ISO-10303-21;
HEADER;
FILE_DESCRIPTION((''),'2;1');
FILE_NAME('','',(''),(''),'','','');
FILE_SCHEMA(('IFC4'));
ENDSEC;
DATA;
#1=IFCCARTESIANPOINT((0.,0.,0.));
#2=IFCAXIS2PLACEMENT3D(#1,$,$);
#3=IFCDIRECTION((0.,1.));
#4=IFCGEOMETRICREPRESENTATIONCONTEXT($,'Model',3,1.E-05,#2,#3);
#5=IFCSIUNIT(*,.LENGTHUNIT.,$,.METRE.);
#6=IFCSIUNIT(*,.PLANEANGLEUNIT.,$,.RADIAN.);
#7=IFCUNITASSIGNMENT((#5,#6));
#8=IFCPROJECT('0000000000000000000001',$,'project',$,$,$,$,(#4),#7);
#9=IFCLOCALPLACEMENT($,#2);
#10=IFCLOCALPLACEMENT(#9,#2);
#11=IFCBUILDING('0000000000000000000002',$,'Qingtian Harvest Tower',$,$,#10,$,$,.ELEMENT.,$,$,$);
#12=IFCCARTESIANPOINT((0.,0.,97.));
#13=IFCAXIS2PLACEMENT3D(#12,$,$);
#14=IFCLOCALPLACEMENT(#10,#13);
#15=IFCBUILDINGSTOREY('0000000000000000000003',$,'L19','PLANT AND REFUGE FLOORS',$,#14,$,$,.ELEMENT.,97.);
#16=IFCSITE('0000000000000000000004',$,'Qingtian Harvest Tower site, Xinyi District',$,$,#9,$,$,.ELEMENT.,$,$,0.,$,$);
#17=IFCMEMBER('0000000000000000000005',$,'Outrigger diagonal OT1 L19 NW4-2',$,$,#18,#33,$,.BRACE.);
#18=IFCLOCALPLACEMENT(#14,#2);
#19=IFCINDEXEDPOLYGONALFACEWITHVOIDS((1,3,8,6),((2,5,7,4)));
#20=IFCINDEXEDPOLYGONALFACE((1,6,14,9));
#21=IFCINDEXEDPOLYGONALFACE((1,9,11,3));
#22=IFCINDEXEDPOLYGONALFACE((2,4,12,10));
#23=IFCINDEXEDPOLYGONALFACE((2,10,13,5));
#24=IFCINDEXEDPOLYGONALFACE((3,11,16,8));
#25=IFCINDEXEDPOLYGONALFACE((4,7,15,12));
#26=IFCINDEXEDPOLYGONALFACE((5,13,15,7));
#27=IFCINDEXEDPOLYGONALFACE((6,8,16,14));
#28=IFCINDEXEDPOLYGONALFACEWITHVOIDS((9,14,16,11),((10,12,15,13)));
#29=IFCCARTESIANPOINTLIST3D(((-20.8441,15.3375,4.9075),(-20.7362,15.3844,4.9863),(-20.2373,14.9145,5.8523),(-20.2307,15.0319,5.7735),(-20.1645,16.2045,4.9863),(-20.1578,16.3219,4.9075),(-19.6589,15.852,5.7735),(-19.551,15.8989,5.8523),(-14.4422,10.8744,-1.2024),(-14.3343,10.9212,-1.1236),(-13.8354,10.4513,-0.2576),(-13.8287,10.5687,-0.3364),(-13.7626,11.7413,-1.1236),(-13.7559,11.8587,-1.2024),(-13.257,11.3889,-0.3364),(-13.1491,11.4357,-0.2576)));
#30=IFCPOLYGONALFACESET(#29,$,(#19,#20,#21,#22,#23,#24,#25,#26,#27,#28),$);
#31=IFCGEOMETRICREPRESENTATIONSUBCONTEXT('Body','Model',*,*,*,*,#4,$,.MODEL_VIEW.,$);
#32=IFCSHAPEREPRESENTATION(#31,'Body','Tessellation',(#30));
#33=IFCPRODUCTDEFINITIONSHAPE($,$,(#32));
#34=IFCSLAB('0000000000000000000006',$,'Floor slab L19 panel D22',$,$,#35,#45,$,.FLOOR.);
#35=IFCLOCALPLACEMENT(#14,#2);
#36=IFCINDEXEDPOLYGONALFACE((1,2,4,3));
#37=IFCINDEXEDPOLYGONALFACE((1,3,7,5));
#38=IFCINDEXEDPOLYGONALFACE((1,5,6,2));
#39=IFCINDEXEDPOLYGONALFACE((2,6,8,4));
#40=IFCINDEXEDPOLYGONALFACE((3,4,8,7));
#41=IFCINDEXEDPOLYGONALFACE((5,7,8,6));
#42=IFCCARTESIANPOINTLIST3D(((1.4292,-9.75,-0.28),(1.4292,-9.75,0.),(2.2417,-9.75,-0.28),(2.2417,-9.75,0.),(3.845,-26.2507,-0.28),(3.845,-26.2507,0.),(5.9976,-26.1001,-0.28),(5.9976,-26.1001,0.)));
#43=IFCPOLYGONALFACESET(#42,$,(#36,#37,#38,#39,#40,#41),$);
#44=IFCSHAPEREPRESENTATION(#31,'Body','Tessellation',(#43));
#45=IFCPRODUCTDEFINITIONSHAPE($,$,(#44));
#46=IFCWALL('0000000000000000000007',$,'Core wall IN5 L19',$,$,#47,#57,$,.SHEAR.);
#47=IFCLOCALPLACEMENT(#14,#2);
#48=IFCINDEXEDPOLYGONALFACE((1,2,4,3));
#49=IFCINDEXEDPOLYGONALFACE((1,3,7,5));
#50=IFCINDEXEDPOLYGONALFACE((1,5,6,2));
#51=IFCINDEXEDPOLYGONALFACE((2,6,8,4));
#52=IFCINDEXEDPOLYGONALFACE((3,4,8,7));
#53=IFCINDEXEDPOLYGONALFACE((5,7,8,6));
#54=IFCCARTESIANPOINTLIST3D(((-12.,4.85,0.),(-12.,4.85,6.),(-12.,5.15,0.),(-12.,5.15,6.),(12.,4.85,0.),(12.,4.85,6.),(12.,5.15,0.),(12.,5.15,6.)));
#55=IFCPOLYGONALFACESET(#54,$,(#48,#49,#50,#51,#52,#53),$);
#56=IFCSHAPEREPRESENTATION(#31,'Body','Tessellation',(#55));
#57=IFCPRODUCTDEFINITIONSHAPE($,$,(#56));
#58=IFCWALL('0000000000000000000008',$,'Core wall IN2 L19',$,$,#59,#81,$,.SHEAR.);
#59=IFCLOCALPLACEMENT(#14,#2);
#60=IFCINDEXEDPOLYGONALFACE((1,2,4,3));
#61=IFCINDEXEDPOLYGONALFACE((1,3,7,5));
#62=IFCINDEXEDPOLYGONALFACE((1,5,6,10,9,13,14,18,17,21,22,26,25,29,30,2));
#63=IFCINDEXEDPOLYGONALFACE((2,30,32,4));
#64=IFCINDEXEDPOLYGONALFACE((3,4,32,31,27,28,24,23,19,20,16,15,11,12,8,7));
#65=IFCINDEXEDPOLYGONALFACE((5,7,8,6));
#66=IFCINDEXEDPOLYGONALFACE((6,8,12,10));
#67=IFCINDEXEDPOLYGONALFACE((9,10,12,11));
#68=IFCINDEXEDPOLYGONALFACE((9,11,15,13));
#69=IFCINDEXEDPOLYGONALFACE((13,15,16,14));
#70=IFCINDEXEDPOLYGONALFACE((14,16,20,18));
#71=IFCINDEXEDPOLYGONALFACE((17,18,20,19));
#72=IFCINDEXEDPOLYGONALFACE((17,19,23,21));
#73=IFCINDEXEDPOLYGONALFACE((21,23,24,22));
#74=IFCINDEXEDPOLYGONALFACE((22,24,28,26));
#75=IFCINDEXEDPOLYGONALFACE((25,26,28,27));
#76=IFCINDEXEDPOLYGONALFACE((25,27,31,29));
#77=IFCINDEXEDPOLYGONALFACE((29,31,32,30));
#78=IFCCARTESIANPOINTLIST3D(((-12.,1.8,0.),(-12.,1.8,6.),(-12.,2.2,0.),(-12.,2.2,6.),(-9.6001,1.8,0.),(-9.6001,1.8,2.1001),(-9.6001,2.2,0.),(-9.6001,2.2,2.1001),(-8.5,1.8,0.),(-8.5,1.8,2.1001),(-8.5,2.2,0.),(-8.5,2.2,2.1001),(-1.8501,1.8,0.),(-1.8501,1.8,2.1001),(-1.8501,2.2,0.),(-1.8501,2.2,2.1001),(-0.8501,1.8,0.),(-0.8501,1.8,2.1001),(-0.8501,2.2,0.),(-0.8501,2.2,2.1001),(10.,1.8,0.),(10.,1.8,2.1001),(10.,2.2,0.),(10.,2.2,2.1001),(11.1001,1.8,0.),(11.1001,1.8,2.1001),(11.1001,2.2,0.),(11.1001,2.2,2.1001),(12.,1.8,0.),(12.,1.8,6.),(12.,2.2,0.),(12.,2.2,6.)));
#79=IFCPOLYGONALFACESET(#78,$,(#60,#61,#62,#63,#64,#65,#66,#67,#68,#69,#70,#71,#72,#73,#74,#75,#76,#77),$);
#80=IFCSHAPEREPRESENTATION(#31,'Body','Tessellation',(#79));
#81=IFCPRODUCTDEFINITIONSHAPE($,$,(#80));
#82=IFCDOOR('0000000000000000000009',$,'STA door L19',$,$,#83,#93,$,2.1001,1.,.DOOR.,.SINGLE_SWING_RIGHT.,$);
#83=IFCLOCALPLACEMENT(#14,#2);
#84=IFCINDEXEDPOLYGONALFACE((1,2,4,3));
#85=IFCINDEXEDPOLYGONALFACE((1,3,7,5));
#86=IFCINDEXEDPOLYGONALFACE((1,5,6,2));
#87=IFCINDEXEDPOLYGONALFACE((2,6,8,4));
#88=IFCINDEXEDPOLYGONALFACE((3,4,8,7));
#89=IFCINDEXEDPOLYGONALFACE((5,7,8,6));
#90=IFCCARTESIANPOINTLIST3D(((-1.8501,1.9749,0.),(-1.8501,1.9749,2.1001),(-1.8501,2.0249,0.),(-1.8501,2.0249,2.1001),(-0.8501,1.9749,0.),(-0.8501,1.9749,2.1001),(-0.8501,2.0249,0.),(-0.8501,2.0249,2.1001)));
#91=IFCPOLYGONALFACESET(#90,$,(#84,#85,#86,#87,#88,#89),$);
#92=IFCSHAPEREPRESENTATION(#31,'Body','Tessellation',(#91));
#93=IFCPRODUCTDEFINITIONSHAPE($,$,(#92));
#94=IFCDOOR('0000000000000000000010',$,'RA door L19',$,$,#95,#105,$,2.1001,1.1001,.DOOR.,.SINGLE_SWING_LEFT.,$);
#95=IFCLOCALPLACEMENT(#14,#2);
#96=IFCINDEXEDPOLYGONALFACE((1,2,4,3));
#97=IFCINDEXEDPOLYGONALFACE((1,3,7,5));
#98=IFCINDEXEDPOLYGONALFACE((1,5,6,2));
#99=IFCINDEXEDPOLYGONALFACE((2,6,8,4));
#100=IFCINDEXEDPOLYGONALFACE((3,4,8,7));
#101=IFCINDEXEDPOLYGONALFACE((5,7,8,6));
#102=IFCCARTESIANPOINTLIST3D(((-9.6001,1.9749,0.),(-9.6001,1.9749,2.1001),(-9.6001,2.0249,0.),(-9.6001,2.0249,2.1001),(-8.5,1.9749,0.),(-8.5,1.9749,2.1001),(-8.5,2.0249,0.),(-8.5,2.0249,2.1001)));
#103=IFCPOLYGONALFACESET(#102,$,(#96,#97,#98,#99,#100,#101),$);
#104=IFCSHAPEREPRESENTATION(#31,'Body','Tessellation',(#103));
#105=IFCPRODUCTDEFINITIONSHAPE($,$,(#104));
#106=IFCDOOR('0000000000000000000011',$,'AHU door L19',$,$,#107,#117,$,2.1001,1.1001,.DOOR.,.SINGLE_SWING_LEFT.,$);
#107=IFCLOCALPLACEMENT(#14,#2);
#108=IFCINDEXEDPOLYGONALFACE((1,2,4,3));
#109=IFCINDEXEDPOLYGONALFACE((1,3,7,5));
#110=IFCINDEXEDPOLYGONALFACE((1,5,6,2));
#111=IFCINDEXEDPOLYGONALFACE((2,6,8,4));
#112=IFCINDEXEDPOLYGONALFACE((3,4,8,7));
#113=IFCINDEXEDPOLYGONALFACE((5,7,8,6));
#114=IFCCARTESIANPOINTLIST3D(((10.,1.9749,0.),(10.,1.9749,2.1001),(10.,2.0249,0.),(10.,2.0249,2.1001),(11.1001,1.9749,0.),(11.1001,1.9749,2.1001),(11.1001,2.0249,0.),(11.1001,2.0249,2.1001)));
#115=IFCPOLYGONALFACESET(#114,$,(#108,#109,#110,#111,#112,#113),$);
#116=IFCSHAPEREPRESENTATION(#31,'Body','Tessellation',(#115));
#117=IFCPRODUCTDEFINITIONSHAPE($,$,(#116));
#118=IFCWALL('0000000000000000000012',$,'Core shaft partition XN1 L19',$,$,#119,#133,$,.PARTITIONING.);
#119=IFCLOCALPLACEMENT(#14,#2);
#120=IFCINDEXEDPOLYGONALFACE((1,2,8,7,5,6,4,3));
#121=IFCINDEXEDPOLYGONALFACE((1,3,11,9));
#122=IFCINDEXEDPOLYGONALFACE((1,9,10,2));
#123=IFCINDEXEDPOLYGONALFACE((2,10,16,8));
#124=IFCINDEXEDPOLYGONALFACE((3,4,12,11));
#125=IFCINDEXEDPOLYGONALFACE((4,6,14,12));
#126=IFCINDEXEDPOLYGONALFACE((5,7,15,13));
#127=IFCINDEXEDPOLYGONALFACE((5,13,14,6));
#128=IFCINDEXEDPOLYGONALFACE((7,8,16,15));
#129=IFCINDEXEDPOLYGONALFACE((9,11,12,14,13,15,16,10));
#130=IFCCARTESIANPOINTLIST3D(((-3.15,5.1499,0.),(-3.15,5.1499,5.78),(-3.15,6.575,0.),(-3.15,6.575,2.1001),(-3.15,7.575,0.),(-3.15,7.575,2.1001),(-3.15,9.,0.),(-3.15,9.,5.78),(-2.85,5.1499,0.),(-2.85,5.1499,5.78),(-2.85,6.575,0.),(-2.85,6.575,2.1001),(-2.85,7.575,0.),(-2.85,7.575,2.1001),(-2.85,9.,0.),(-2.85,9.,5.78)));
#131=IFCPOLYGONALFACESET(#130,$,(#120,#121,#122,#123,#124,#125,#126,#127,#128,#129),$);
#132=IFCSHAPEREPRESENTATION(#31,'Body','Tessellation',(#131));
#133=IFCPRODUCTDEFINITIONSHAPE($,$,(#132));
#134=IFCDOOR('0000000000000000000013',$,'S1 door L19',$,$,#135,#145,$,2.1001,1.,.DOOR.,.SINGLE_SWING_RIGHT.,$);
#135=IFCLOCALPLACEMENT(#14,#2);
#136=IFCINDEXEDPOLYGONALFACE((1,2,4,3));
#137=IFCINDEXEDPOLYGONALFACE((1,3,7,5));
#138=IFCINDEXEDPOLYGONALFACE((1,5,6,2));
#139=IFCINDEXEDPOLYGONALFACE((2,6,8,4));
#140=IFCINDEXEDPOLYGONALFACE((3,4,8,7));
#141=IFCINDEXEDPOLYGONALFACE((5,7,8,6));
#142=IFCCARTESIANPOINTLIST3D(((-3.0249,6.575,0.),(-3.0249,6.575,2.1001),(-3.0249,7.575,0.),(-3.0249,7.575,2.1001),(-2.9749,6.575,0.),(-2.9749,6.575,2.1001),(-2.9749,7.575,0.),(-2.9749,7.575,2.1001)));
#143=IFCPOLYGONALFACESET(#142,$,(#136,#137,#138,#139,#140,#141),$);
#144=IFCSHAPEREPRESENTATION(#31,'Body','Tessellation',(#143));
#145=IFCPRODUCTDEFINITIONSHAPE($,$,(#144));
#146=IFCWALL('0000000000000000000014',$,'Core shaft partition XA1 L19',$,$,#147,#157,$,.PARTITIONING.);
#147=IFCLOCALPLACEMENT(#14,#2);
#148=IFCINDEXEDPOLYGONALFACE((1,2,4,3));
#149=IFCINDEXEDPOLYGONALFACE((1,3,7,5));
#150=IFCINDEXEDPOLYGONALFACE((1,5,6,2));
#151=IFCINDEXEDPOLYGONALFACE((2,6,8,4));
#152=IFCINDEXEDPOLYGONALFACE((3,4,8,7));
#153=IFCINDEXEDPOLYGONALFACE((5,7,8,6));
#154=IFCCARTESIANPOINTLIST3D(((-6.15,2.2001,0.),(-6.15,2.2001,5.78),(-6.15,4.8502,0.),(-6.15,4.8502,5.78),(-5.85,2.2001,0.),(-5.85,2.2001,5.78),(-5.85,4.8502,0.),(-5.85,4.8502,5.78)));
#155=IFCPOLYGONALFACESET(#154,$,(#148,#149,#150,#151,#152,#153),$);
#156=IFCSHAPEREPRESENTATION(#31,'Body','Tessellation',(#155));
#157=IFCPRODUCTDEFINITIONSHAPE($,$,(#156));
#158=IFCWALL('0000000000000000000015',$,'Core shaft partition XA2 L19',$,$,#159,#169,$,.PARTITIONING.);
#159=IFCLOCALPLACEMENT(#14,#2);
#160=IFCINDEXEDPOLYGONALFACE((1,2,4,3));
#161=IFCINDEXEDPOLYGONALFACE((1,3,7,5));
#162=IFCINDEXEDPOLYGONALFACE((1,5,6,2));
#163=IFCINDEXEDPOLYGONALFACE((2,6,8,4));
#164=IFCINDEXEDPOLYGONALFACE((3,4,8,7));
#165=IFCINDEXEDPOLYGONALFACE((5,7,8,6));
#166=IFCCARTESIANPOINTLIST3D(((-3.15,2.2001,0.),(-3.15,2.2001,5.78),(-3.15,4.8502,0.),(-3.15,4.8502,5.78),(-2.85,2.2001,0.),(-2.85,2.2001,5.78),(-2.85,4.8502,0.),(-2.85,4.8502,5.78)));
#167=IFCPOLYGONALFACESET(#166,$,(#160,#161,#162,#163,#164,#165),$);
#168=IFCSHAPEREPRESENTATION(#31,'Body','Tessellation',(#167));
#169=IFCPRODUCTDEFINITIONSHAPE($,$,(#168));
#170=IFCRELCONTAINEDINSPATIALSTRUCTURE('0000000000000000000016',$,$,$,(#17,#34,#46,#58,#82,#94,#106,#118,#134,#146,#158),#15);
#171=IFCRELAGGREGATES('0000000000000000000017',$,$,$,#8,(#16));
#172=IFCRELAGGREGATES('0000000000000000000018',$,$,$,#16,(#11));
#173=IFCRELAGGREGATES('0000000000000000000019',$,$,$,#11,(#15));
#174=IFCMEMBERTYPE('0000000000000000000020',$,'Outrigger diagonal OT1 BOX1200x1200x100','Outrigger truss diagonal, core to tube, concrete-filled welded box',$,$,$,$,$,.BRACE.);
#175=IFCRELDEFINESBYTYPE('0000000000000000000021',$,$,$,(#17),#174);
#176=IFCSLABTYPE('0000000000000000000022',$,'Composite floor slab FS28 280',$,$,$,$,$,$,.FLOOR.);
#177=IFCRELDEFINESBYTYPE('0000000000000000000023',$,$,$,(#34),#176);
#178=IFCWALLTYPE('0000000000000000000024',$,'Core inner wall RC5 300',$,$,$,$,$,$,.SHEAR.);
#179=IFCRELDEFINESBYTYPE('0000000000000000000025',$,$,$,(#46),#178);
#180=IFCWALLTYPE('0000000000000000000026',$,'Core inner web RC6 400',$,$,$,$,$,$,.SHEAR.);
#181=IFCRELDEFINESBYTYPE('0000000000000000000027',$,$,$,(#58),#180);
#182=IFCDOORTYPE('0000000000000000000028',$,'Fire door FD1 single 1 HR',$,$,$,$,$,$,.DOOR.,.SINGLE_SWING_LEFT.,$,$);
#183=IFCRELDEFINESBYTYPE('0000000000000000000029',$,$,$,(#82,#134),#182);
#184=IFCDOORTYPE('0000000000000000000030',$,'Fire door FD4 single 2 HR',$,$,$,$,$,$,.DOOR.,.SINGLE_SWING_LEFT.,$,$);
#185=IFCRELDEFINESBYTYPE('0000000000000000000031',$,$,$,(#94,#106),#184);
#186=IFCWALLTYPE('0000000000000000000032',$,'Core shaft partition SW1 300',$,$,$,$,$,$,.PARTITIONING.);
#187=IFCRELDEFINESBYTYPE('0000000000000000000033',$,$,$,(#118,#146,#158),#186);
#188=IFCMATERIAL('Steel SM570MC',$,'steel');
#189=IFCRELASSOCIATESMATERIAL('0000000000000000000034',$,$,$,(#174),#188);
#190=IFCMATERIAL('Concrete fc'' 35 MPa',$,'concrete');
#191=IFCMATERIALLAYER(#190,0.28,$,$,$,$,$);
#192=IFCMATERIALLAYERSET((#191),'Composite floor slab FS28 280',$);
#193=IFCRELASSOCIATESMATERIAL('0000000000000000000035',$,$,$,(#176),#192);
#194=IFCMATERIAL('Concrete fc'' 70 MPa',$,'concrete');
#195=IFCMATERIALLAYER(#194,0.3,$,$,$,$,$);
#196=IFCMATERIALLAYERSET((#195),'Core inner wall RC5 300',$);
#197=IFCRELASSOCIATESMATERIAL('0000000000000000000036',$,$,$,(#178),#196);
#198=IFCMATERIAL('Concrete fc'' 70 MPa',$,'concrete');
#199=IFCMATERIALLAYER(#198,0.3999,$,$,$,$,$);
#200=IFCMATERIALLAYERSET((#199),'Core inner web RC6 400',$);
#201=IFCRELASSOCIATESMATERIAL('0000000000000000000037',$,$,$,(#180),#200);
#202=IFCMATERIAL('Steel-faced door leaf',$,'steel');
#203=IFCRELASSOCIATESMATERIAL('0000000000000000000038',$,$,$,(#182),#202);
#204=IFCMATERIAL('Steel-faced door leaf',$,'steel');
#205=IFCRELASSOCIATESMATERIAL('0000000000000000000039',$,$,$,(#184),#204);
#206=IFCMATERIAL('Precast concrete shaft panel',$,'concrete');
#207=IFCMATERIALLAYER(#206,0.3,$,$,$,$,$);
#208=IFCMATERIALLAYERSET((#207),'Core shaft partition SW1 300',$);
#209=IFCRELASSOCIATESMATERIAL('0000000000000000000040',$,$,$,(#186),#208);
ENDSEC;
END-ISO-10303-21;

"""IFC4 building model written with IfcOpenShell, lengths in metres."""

from ifc_helpers import new_model, si_unit, direction, frame, frame_2d, origin, origin_2d, place, context, subcontext, project, spatial, polyline, rectangle, hollow_rectangle, outline, extrude, material, layer, layer_set, material_profile, profile_set, type_object, element, fill, save


model = new_model("IFC4")

# Units and contexts
model_context = context("Model", 3, precision=1e-05, world=origin(), true_north=direction((0.0, 1.0)))
body_context = subcontext(model_context, "Body", "Model", "MODEL_VIEW")
ifc_project = project(units=[si_unit("LENGTHUNIT", "METRE"), si_unit("PLANEANGLEUNIT", "RADIAN")], contexts=[model_context])

# Site, building, storey
site_placement = place(None, origin())
site = spatial("IfcSite", under=ifc_project, at=site_placement, Name="Qingtian Harvest Tower site, Xinyi District", CompositionType="ELEMENT", RefElevation=0.0)
building_placement = place(site_placement, origin())
building = spatial("IfcBuilding", under=site, at=building_placement, Name="Qingtian Harvest Tower", CompositionType="ELEMENT")
storey_placement = place(building_placement, frame((0.0, 0.0, 97.0)))
storey = spatial("IfcBuildingStorey", under=building, at=storey_placement, Name="L19", Description="PLANT AND REFUGE FLOORS", CompositionType="ELEMENT", Elevation=97.0)

# Member
ifc_material_1 = material(Name="Steel SM570MC", Category="steel")
ifc_material_profile = material_profile(ifc_material_1, hollow_rectangle(XDim=1.2, YDim=1.2, WallThickness=0.1001, at=origin_2d()), Name="BOX1200x1200x100")
ifc_profile_set = profile_set([ifc_material_profile], Name="Steel SM570MC")
member_type = type_object("IfcMemberType", Name="Outrigger diagonal OT1 BOX1200x1200x100", Description="Outrigger truss diagonal, core to tube, concrete-filled welded box", PredefinedType="BRACE", material=ifc_profile_set)
member_placement = place(storey_placement, frame((-13.7957, 11.155, -0.73), z_axis=(-0.645915, 0.450308, 0.616455), x_axis=(-0.571899, -0.820324, 0.0)))
element("IfcMember", 1, at=member_placement, inside=storey, type_object=member_type, Name="Outrigger diagonal OT1 L19 NW4-2", PredefinedType="BRACE", context=body_context, shape_type="SweptSolid", body=[
    extrude(hollow_rectangle(XDim=1.2, YDim=1.2, WallThickness=0.1001, at=origin_2d()), origin(), (0.0, 0.0, 1.0), 9.9114),
])

# Slab
ifc_material_2 = material(Name="Concrete fc' 35 MPa", Category="concrete")
ifc_layer_1 = layer(ifc_material_2, 0.28)
ifc_layer_set_1 = layer_set([ifc_layer_1], Name="Composite floor slab FS28 280")
slab_type = type_object("IfcSlabType", Name="Composite floor slab FS28 280", PredefinedType="FLOOR", material=ifc_layer_set_1)
slab_placement = place(storey_placement, frame((0.0, 0.0, -0.28)))
element("IfcSlab", 2, at=slab_placement, inside=storey, type_object=slab_type, Name="Floor slab L19 panel D22", PredefinedType="FLOOR", context=body_context, shape_type="SweptSolid", body=[
    extrude(outline(polyline([(2.2417, -9.75), (5.9976, -26.1001), (3.845, -26.2507), (1.4292, -9.75), (2.2417, -9.75)])), origin(), (0.0, 0.0, 1.0), 0.28),
])

# Wall
ifc_material_3 = material(Name="Concrete fc' 70 MPa", Category="concrete")
ifc_layer_2 = layer(ifc_material_3, 0.3)
ifc_layer_set_2 = layer_set([ifc_layer_2], Name="Core inner wall RC5 300")
wall_type_1 = type_object("IfcWallType", Name="Core inner wall RC5 300", PredefinedType="SHEAR", material=ifc_layer_set_2)
wall_1_placement = place(storey_placement, frame((-12.0, 5.0, 0.0), z_axis=(0.0, 0.0, 1.0), x_axis=(1.0, 0.0, 0.0)))
element("IfcWall", 3, at=wall_1_placement, inside=storey, type_object=wall_type_1, Name="Core wall IN5 L19", PredefinedType="SHEAR", context=body_context, shape_type="SweptSolid", body=[
    extrude(rectangle(XDim=24.0, YDim=0.3, at=frame_2d((12.0, 0.0))), origin(), (0.0, 0.0, 1.0), 6.0),
])

# Wall, openings, doors
ifc_material_4 = material(Name="Concrete fc' 70 MPa", Category="concrete")
ifc_layer_3 = layer(ifc_material_4, 0.3999)
ifc_layer_set_3 = layer_set([ifc_layer_3], Name="Core inner web RC6 400")
wall_type_2 = type_object("IfcWallType", Name="Core inner web RC6 400", PredefinedType="SHEAR", material=ifc_layer_set_3)
wall_2_placement = place(storey_placement, frame((-12.0, 2.0, 0.0), z_axis=(0.0, 0.0, 1.0), x_axis=(1.0, 0.0, 0.0)))
wall_2 = element("IfcWall", 4, at=wall_2_placement, inside=storey, type_object=wall_type_2, Name="Core wall IN2 L19", PredefinedType="SHEAR", context=body_context, shape_type="SweptSolid", body=[
    extrude(rectangle(XDim=24.0, YDim=0.3999, at=frame_2d((12.0, 0.0))), origin(), (0.0, 0.0, 1.0), 6.0),
])
opening_1_placement = place(wall_2_placement, frame((2.3999, 0.0, 0.0)))
opening_1 = element("IfcOpeningElement", 5, at=opening_1_placement, cuts=wall_2, PredefinedType="OPENING", context=body_context, shape_type="SweptSolid", body=[
    extrude(rectangle(XDim=1.1001, YDim=2.1001, at=frame_2d((0.55, 1.05))), frame((0.0, 0.21, 0.0), z_axis=(0.0, -1.0, 0.0), x_axis=(1.0, 0.0, 0.0)), (0.0, 0.0, 1.0), 0.4199),
])
opening_2_placement = place(wall_2_placement, frame((22.0, 0.0, 0.0)))
opening_2 = element("IfcOpeningElement", 6, at=opening_2_placement, cuts=wall_2, PredefinedType="OPENING", context=body_context, shape_type="SweptSolid", body=[
    extrude(rectangle(XDim=1.1001, YDim=2.1001, at=frame_2d((0.55, 1.05))), frame((0.0, 0.21, 0.0), z_axis=(0.0, -1.0, 0.0), x_axis=(1.0, 0.0, 0.0)), (0.0, 0.0, 1.0), 0.4199),
])
opening_3_placement = place(wall_2_placement, frame((10.1499, 0.0, 0.0)))
opening_3 = element("IfcOpeningElement", 7, at=opening_3_placement, cuts=wall_2, PredefinedType="OPENING", context=body_context, shape_type="SweptSolid", body=[
    extrude(rectangle(XDim=1.0, YDim=2.1001, at=frame_2d((0.5, 1.05))), frame((0.0, 0.21, 0.0), z_axis=(0.0, -1.0, 0.0), x_axis=(1.0, 0.0, 0.0)), (0.0, 0.0, 1.0), 0.4199),
])
ifc_material_5 = material(Name="Steel-faced door leaf", Category="steel")
door_type_1 = type_object("IfcDoorType", Name="Fire door FD1 single 1 HR", OperationType="SINGLE_SWING_LEFT", PredefinedType="DOOR", material=ifc_material_5)
door_1_placement = place(opening_3_placement, origin())
door_1 = element("IfcDoor", 8, at=door_1_placement, inside=storey, type_object=door_type_1, Name="STA door L19", OperationType="SINGLE_SWING_RIGHT", OverallHeight=2.1001, OverallWidth=1.0, PredefinedType="DOOR", context=body_context, shape_type="SweptSolid", body=[
    extrude(rectangle(XDim=1.0, YDim=2.1001, at=frame_2d((0.5, 1.05))), frame((0.0, 0.0249, 0.0), z_axis=(0.0, -1.0, 0.0), x_axis=(1.0, 0.0, 0.0)), (0.0, 0.0, 1.0), 0.05),
])
fill(opening_3, door_1)
ifc_material_6 = material(Name="Steel-faced door leaf", Category="steel")
door_type_2 = type_object("IfcDoorType", Name="Fire door FD4 single 2 HR", OperationType="SINGLE_SWING_LEFT", PredefinedType="DOOR", material=ifc_material_6)
door_2_placement = place(opening_1_placement, origin())
door_2 = element("IfcDoor", 9, at=door_2_placement, inside=storey, type_object=door_type_2, Name="RA door L19", OperationType="SINGLE_SWING_LEFT", OverallHeight=2.1001, OverallWidth=1.1001, PredefinedType="DOOR", context=body_context, shape_type="SweptSolid", body=[
    extrude(rectangle(XDim=1.1001, YDim=2.1001, at=frame_2d((0.55, 1.05))), frame((0.0, 0.0249, 0.0), z_axis=(0.0, -1.0, 0.0), x_axis=(1.0, 0.0, 0.0)), (0.0, 0.0, 1.0), 0.05),
])
fill(opening_1, door_2)
door_3_placement = place(opening_2_placement, origin())
door_3 = element("IfcDoor", 10, at=door_3_placement, inside=storey, type_object=door_type_2, Name="AHU door L19", OperationType="SINGLE_SWING_LEFT", OverallHeight=2.1001, OverallWidth=1.1001, PredefinedType="DOOR", context=body_context, shape_type="SweptSolid", body=[
    extrude(rectangle(XDim=1.1001, YDim=2.1001, at=frame_2d((0.55, 1.05))), frame((0.0, 0.0249, 0.0), z_axis=(0.0, -1.0, 0.0), x_axis=(1.0, 0.0, 0.0)), (0.0, 0.0, 1.0), 0.05),
])
fill(opening_2, door_3)

# Wall, opening, door
ifc_material_7 = material(Name="Precast concrete shaft panel", Category="concrete")
ifc_layer_4 = layer(ifc_material_7, 0.3)
ifc_layer_set_4 = layer_set([ifc_layer_4], Name="Core shaft partition SW1 300")
wall_type_3 = type_object("IfcWallType", Name="Core shaft partition SW1 300", PredefinedType="PARTITIONING", material=ifc_layer_set_4)
wall_3_placement = place(storey_placement, frame((-3.0, 5.1499, 0.0), z_axis=(0.0, 0.0, 1.0), x_axis=(0.0, 1.0, 0.0)))
wall_3 = element("IfcWall", 11, at=wall_3_placement, inside=storey, type_object=wall_type_3, Name="Core shaft partition XN1 L19", PredefinedType="PARTITIONING", context=body_context, shape_type="SweptSolid", body=[
    extrude(rectangle(XDim=3.8501, YDim=0.3, at=frame_2d((1.925, 0.0))), origin(), (0.0, 0.0, 1.0), 5.78),
])
opening_4_placement = place(wall_3_placement, frame((1.425, 0.0, 0.0)))
opening_4 = element("IfcOpeningElement", 12, at=opening_4_placement, cuts=wall_3, PredefinedType="OPENING", context=body_context, shape_type="SweptSolid", body=[
    extrude(rectangle(XDim=1.0, YDim=2.1001, at=frame_2d((0.5, 1.05))), frame((0.0, 0.1599, 0.0), z_axis=(0.0, -1.0, 0.0), x_axis=(1.0, 0.0, 0.0)), (0.0, 0.0, 1.0), 0.3201),
])
door_4_placement = place(opening_4_placement, origin())
door_4 = element("IfcDoor", 13, at=door_4_placement, inside=storey, type_object=door_type_1, Name="S1 door L19", OperationType="SINGLE_SWING_RIGHT", OverallHeight=2.1001, OverallWidth=1.0, PredefinedType="DOOR", context=body_context, shape_type="SweptSolid", body=[
    extrude(rectangle(XDim=1.0, YDim=2.1001, at=frame_2d((0.5, 1.05))), frame((0.0, 0.0249, 0.0), z_axis=(0.0, -1.0, 0.0), x_axis=(1.0, 0.0, 0.0)), (0.0, 0.0, 1.0), 0.05),
])
fill(opening_4, door_4)

# Walls
for number, where, z_axis, x_axis, name in (
    (14, (-6.0, 2.2, 0.0), (0.0, 0.0, 1.0), (0.0, 1.0, 0.0), "Core shaft partition XA1 L19"),
    (15, (-3.0, 2.2, 0.0), (0.0, 0.0, 1.0), (0.0, 1.0, 0.0), "Core shaft partition XA2 L19"),
):
    element("IfcWall", number, at=place(storey_placement, frame(where, z_axis=z_axis, x_axis=x_axis)), inside=storey, type_object=wall_type_3, Name=name, PredefinedType="PARTITIONING", context=body_context, shape_type="SweptSolid", body=[
        extrude(rectangle(XDim=2.6501, YDim=0.3, at=frame_2d((1.3252, 0.0))), origin(), (0.0, 0.0, 1.0), 5.78),
    ])

save(model, "model.ifc")
